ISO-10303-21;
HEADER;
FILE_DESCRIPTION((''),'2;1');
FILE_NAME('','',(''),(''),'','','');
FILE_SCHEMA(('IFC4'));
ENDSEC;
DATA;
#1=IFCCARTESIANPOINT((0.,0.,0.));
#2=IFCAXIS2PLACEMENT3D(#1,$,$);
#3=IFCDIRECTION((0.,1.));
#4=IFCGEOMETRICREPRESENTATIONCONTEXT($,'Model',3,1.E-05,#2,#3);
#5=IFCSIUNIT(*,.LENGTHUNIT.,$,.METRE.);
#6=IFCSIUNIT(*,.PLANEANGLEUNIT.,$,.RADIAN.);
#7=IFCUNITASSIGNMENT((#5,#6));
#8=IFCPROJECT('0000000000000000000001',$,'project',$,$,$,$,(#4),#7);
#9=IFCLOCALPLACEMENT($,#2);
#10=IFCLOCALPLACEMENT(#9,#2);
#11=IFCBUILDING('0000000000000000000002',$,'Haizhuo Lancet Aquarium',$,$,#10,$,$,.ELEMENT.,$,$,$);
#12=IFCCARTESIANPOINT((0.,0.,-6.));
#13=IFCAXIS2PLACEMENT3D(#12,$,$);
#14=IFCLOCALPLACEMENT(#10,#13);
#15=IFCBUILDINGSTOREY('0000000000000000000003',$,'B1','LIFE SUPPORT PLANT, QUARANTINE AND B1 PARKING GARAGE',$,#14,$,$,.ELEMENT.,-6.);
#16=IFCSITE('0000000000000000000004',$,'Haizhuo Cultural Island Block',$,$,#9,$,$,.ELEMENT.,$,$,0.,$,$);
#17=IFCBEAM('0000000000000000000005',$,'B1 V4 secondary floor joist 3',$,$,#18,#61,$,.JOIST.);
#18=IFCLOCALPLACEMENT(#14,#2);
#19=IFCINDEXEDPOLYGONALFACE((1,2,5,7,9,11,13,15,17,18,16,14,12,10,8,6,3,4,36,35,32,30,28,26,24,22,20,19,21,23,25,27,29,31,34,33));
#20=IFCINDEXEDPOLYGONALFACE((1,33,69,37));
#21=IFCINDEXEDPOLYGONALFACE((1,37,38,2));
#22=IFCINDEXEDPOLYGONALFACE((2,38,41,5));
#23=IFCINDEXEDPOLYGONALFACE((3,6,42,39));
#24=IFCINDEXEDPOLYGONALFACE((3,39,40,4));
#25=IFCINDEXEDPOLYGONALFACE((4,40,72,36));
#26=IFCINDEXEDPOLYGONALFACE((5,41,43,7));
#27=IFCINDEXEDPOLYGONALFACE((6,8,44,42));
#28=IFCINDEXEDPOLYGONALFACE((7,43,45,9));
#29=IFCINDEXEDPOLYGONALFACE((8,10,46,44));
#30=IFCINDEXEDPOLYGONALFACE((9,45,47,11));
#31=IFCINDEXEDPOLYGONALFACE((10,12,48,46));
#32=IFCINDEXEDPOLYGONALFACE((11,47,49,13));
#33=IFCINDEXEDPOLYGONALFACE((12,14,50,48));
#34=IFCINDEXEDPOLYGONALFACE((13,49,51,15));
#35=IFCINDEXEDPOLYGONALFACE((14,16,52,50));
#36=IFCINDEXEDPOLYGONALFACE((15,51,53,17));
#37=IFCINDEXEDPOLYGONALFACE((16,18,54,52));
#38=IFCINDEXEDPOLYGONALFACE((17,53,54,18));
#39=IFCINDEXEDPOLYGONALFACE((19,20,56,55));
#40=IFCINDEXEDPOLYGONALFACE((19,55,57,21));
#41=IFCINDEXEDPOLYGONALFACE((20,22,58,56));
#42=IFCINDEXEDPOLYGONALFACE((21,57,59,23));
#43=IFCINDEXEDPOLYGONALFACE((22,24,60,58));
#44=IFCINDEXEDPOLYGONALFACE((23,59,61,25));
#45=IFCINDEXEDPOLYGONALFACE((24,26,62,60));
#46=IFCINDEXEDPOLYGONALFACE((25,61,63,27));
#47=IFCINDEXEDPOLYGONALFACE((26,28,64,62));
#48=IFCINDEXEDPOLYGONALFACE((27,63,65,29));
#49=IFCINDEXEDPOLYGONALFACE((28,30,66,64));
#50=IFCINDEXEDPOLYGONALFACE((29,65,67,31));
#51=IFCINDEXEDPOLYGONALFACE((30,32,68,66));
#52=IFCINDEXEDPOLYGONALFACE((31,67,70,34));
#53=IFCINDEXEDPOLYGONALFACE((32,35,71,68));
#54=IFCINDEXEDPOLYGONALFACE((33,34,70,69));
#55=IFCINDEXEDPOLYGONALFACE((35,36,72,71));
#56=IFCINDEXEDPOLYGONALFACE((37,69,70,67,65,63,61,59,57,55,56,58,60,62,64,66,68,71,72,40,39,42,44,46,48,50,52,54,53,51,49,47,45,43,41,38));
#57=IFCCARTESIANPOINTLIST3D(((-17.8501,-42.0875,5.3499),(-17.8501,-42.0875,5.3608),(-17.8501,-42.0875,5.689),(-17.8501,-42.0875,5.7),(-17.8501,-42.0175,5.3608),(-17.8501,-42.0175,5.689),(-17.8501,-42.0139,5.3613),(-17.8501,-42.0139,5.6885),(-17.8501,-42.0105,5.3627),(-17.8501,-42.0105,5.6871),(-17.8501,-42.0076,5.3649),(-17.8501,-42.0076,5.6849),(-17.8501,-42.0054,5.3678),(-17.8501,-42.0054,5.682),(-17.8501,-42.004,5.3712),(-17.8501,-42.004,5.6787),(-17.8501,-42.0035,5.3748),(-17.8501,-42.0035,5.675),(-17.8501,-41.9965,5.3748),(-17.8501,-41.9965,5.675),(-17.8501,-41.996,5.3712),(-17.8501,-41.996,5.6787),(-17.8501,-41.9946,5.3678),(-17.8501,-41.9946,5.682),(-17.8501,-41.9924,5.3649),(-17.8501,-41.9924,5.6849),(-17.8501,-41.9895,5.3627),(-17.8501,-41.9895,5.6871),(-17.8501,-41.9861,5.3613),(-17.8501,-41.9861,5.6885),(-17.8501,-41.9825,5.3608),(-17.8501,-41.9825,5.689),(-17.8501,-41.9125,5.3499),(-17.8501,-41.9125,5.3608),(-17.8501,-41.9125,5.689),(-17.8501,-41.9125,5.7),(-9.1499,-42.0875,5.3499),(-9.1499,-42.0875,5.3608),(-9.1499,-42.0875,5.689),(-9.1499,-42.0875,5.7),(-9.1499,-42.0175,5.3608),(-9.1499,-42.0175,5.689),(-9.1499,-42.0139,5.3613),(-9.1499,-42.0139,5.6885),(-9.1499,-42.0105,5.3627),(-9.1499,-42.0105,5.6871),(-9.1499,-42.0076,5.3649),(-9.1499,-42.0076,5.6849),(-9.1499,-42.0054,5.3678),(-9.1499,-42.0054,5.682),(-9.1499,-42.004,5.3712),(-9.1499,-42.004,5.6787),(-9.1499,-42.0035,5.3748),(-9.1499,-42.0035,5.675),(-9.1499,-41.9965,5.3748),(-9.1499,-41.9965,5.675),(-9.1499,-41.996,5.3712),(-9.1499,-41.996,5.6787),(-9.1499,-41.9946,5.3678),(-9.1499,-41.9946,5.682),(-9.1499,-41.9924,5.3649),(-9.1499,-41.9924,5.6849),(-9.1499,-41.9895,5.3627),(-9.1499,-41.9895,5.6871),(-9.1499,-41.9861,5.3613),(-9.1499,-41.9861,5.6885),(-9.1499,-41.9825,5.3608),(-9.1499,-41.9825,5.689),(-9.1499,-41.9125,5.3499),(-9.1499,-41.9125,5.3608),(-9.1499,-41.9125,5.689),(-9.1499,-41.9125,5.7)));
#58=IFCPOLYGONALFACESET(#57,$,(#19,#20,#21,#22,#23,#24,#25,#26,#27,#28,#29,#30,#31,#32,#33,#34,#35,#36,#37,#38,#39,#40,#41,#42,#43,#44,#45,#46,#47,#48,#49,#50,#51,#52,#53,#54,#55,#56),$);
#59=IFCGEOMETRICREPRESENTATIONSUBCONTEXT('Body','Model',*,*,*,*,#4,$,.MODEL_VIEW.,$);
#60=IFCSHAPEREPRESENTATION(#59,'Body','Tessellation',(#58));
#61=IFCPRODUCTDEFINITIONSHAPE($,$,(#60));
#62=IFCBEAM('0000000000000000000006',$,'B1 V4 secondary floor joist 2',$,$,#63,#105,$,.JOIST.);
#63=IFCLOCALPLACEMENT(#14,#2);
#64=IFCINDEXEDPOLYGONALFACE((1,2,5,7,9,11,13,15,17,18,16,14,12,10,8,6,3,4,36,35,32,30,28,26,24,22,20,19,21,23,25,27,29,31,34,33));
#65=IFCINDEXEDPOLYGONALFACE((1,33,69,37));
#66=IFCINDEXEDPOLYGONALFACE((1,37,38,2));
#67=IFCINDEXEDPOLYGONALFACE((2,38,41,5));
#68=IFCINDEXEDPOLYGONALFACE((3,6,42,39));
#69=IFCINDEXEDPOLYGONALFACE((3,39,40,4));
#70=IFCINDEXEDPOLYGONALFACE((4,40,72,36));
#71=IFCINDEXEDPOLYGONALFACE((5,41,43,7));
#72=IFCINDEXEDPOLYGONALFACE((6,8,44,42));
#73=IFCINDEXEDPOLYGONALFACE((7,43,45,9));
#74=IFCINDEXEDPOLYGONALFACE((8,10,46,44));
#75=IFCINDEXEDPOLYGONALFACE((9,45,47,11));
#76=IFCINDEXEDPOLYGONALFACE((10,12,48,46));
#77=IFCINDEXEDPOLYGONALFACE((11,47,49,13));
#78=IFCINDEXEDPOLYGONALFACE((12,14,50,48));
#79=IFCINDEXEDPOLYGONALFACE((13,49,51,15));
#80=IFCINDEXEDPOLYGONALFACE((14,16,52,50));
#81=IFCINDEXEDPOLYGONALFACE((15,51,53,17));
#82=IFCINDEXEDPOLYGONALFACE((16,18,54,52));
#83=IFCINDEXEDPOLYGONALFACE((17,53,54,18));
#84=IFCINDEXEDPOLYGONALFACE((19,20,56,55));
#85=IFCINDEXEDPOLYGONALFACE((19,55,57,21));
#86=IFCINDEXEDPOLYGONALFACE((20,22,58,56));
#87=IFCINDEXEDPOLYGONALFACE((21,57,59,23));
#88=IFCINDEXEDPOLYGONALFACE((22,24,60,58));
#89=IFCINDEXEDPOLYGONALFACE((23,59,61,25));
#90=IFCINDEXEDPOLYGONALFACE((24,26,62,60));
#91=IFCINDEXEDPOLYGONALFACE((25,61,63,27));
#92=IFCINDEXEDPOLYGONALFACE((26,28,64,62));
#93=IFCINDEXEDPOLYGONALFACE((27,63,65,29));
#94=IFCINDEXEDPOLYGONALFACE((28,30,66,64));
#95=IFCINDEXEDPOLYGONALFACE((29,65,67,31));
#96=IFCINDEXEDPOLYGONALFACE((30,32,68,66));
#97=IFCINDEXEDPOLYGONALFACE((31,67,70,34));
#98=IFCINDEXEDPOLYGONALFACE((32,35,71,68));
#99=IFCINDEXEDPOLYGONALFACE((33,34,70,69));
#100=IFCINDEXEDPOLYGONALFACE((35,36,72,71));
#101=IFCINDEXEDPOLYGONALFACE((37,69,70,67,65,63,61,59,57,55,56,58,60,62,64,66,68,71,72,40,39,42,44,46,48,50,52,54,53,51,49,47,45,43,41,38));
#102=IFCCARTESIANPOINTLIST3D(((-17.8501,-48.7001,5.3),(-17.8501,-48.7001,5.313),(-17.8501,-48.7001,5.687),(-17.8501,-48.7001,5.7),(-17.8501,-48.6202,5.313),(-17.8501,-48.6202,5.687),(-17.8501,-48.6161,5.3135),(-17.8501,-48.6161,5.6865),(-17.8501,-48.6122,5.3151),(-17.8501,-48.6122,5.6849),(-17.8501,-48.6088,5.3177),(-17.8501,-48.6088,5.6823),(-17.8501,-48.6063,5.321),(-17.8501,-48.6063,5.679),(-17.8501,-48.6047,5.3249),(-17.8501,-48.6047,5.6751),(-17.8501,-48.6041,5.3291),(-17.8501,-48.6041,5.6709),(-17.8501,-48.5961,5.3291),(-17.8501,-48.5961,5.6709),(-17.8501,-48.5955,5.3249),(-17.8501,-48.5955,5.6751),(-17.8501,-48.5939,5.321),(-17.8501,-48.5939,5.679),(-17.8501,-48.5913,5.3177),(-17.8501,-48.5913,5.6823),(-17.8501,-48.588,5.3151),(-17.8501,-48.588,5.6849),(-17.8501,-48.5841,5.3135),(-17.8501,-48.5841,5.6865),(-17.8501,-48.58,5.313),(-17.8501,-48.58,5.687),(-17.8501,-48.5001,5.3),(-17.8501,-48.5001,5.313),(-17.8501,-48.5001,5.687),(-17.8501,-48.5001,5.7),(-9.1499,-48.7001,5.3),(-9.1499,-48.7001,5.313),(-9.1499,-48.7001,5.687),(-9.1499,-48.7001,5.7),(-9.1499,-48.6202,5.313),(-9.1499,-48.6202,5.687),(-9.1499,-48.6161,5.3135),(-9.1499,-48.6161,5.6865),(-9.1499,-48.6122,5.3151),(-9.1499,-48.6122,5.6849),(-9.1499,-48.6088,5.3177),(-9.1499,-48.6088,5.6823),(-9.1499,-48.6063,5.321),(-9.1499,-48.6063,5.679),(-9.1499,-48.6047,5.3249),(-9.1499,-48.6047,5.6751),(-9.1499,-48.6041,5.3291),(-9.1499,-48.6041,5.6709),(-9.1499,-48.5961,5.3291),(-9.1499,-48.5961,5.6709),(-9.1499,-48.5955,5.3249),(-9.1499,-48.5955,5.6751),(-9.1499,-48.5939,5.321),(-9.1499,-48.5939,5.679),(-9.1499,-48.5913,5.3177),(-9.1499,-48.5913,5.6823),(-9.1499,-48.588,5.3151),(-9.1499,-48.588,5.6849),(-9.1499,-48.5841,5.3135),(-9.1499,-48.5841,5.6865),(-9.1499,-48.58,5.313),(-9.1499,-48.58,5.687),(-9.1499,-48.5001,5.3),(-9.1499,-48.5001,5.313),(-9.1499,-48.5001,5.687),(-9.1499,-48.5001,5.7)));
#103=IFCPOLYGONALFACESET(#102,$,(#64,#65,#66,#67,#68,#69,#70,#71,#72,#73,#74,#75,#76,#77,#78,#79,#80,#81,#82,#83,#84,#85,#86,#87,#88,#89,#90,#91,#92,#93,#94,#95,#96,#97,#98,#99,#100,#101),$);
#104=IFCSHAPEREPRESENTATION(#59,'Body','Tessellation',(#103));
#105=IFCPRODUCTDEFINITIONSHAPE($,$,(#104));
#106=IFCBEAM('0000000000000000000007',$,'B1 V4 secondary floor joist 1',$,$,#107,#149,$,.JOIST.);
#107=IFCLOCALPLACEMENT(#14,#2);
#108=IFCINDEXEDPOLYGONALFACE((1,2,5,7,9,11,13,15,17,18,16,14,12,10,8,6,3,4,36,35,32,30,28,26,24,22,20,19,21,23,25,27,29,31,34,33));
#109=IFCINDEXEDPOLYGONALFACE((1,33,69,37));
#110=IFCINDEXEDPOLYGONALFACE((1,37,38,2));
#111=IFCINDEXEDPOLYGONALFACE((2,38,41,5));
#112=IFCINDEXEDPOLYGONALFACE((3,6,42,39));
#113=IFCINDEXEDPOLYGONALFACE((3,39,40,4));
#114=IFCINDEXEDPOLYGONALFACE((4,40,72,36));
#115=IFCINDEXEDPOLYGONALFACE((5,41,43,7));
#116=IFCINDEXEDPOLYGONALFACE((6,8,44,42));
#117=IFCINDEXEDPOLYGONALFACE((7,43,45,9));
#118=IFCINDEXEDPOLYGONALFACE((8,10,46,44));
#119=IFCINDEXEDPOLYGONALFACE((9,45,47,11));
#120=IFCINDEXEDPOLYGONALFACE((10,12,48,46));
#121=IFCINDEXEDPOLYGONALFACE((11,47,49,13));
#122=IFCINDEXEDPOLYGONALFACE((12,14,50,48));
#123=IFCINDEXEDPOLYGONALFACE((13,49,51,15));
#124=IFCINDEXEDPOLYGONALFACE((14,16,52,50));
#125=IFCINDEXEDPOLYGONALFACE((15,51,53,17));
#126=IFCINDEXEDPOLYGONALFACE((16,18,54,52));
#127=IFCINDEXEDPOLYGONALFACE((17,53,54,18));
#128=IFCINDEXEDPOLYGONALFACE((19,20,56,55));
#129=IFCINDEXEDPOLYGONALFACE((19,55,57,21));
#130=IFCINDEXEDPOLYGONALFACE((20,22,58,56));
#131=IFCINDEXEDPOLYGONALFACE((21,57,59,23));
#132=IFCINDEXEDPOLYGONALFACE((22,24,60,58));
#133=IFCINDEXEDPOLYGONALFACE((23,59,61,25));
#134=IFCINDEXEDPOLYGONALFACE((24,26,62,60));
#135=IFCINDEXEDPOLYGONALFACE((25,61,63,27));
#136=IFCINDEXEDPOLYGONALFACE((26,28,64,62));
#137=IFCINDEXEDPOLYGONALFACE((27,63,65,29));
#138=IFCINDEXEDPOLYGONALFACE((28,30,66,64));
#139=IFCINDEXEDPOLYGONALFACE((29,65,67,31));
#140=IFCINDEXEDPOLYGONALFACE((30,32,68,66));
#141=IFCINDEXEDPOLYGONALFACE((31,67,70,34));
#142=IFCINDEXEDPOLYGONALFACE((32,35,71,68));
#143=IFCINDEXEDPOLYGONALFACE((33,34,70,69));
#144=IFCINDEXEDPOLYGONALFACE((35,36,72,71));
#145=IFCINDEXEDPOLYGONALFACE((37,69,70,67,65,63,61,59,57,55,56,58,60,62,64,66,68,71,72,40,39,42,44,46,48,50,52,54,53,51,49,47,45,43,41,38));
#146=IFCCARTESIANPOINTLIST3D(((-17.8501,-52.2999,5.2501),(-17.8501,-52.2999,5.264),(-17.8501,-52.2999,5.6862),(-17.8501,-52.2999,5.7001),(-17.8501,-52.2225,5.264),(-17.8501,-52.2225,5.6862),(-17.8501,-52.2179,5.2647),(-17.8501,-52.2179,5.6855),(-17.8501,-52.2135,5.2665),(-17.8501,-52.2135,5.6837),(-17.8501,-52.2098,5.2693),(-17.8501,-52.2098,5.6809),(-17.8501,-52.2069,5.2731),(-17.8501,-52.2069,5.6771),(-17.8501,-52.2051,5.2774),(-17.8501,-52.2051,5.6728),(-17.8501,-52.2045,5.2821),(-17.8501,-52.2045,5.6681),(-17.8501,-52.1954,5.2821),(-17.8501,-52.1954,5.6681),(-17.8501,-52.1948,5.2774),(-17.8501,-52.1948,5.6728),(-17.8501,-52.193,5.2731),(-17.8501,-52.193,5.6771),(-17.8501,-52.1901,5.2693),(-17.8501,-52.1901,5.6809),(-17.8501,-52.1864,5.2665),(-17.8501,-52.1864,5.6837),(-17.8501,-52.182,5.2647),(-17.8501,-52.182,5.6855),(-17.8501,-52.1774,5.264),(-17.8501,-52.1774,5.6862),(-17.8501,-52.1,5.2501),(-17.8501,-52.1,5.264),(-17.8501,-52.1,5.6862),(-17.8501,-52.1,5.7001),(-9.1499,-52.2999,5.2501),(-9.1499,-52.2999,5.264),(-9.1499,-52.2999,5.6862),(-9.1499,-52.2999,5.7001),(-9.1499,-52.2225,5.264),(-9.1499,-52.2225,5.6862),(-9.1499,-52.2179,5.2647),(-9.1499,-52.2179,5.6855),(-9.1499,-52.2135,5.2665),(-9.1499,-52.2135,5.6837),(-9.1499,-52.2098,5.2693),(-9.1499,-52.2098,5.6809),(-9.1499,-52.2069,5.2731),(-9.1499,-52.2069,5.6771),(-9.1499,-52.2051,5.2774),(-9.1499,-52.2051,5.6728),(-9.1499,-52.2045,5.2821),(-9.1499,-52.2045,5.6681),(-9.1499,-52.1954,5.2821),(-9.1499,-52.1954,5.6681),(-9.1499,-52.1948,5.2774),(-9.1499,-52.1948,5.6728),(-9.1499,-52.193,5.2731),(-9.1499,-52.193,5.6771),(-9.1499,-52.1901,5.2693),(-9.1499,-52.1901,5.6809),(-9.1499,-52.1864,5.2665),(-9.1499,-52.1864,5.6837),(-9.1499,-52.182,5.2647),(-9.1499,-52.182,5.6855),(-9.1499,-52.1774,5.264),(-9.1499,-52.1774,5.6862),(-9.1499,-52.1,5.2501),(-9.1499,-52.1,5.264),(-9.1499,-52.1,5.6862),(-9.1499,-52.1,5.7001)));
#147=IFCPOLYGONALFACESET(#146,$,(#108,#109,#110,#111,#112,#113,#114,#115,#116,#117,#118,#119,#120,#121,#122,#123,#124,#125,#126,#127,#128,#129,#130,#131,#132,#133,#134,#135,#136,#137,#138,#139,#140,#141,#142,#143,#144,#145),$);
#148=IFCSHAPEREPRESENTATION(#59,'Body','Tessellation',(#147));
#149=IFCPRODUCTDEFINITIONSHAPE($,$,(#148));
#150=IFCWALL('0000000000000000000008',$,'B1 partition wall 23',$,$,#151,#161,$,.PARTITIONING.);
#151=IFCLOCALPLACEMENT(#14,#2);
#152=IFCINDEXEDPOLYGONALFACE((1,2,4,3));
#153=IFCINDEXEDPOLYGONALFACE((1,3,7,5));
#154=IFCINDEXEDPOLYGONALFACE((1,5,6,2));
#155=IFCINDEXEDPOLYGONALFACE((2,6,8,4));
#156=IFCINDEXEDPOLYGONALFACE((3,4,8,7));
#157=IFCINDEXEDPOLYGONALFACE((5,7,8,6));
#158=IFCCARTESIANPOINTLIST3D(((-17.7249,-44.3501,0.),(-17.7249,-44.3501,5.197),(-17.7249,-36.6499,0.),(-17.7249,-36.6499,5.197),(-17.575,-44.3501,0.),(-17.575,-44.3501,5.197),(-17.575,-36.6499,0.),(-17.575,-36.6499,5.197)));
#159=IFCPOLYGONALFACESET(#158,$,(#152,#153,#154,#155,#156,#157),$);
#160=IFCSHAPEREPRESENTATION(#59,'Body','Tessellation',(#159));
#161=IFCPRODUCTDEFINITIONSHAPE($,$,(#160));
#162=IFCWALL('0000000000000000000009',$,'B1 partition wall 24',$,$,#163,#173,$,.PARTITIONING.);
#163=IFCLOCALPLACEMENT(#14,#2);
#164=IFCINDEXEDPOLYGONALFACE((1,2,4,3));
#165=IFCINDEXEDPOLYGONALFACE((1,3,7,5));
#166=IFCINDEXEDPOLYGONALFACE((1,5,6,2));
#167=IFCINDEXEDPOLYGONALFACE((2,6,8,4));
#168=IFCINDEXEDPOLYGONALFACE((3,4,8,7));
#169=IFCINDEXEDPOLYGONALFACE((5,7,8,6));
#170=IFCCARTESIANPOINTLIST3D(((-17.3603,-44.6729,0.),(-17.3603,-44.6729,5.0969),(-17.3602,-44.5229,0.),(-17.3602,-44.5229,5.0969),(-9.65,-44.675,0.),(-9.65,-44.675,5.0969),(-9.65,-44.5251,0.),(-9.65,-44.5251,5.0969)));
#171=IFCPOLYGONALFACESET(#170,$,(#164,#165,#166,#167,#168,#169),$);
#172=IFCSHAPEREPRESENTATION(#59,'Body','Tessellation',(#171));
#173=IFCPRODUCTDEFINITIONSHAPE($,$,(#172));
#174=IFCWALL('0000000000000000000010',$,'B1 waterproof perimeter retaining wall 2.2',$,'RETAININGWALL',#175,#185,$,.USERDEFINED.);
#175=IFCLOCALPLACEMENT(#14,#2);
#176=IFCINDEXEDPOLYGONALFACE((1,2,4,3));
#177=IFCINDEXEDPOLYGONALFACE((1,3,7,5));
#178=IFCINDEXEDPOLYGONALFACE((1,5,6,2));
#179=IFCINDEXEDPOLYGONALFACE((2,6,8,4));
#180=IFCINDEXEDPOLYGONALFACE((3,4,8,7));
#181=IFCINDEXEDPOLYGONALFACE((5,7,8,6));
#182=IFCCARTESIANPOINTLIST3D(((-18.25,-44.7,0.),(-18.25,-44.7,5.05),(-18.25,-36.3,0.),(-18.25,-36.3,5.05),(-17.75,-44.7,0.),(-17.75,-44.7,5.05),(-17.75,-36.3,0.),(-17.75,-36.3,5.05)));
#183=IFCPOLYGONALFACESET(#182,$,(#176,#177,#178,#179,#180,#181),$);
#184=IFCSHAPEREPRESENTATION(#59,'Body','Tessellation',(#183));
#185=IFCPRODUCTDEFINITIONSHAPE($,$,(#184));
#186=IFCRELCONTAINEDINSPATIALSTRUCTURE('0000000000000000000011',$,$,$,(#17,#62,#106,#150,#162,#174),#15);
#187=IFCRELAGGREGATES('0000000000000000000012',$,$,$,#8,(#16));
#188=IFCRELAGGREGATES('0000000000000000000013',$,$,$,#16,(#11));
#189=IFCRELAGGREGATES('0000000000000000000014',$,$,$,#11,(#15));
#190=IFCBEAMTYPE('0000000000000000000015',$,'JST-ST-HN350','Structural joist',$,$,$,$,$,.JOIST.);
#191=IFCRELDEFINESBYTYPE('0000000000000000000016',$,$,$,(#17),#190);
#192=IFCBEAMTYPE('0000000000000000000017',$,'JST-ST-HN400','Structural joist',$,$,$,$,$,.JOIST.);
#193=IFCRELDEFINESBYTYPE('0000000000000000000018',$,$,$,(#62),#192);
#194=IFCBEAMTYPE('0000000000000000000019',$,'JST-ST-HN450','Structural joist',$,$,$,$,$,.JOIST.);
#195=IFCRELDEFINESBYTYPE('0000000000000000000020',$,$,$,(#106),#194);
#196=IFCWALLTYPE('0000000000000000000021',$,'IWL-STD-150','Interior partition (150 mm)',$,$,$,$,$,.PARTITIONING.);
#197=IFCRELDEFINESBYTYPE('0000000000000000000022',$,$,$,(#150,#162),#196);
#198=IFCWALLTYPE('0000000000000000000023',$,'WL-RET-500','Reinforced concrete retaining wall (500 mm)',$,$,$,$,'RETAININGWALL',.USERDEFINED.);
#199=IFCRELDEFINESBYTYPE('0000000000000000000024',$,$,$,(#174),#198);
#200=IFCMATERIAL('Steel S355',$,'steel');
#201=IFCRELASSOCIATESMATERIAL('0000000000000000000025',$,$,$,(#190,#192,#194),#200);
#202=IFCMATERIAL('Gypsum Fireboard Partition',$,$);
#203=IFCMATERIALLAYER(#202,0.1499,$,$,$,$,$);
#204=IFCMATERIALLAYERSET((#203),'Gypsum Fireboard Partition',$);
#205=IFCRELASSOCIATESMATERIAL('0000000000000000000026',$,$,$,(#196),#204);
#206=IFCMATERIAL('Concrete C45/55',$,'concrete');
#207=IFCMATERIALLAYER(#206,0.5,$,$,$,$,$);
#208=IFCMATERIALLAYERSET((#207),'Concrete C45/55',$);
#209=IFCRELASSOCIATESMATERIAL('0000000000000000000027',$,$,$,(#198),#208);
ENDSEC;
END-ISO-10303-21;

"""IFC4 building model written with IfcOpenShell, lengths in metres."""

from ifc_helpers import new_model, si_unit, direction, frame, frame_2d, origin, origin_2d, place, context, subcontext, project, spatial, rectangle, i_section, extrude, material, layer, layer_set, material_profile, profile_set, type_object, element, save


model = new_model("IFC4")

# Units and contexts
model_context = context("Model", 3, precision=1e-05, world=origin(), true_north=direction((0.0, 1.0)))
body_context = subcontext(model_context, "Body", "Model", "MODEL_VIEW")
ifc_project = project(units=[si_unit("LENGTHUNIT", "METRE"), si_unit("PLANEANGLEUNIT", "RADIAN")], contexts=[model_context])

# Site, building, storey
site_placement = place(None, origin())
site = spatial("IfcSite", under=ifc_project, at=site_placement, Name="Haizhuo Cultural Island Block", CompositionType="ELEMENT", RefElevation=0.0)
building_placement = place(site_placement, origin())
building = spatial("IfcBuilding", under=site, at=building_placement, Name="Haizhuo Lancet Aquarium", CompositionType="ELEMENT")
storey_placement = place(building_placement, frame((0.0, 0.0, -6.0)))
storey = spatial("IfcBuildingStorey", under=building, at=storey_placement, Name="B1", Description="LIFE SUPPORT PLANT, QUARANTINE AND B1 PARKING GARAGE", CompositionType="ELEMENT", Elevation=-6.0)

# Beams
ifc_material_1 = material(Name="Steel S355", Category="steel")
ifc_material_profile_1 = material_profile(ifc_material_1, i_section(OverallWidth=0.175, OverallDepth=0.3501, WebThickness=0.0071, FlangeThickness=0.011, FilletRadius=0.0139, at=origin_2d()), Name="HN 350x175x7x11")
ifc_profile_set_1 = profile_set([ifc_material_profile_1], Name="Steel S355")
beam_type_1 = type_object("IfcBeamType", Name="JST-ST-HN350", Description="Structural joist", PredefinedType="JOIST", material=ifc_profile_set_1)
beam_1_placement = place(storey_placement, frame((-17.8501, -42.0, 5.5249), z_axis=(1.0, 0.0, 0.0), x_axis=(0.0, 1.0, 0.0)))
element("IfcBeam", 1, at=beam_1_placement, inside=storey, type_object=beam_type_1, Name="B1 V4 secondary floor joist 3", PredefinedType="JOIST", context=body_context, shape_type="SweptSolid", body=[
    extrude(i_section(OverallWidth=0.175, OverallDepth=0.3501, WebThickness=0.0071, FlangeThickness=0.011, FilletRadius=0.0139, at=origin_2d()), origin(), (0.0, 0.0, 1.0), 8.7002),
])
ifc_material_profile_2 = material_profile(ifc_material_1, i_section(OverallWidth=0.2, OverallDepth=0.3999, WebThickness=0.0081, FlangeThickness=0.0129, FilletRadius=0.0161, at=origin_2d()), Name="HN 400x200x8x13")
ifc_profile_set_2 = profile_set([ifc_material_profile_2], Name="Steel S355")
beam_type_2 = type_object("IfcBeamType", Name="JST-ST-HN400", Description="Structural joist", PredefinedType="JOIST", material=ifc_profile_set_2)
beam_2_placement = place(storey_placement, frame((-17.8501, -48.6001, 5.5), z_axis=(1.0, 0.0, 0.0), x_axis=(0.0, 1.0, 0.0)))
element("IfcBeam", 2, at=beam_2_placement, inside=storey, type_object=beam_type_2, Name="B1 V4 secondary floor joist 2", PredefinedType="JOIST", context=body_context, shape_type="SweptSolid", body=[
    extrude(i_section(OverallWidth=0.2, OverallDepth=0.3999, WebThickness=0.0081, FlangeThickness=0.0129, FilletRadius=0.0161, at=origin_2d()), origin(), (0.0, 0.0, 1.0), 8.7002),
])
ifc_material_profile_3 = material_profile(ifc_material_1, i_section(OverallWidth=0.2, OverallDepth=0.45, WebThickness=0.009, FlangeThickness=0.0139, FilletRadius=0.0181, at=origin_2d()), Name="HN 450x200x9x14")
ifc_profile_set_3 = profile_set([ifc_material_profile_3], Name="Steel S355")
beam_type_3 = type_object("IfcBeamType", Name="JST-ST-HN450", Description="Structural joist", PredefinedType="JOIST", material=ifc_profile_set_3)
beam_3_placement = place(storey_placement, frame((-17.8501, -52.2, 5.4751), z_axis=(1.0, 0.0, 0.0), x_axis=(0.0, 1.0, 0.0)))
element("IfcBeam", 3, at=beam_3_placement, inside=storey, type_object=beam_type_3, Name="B1 V4 secondary floor joist 1", PredefinedType="JOIST", context=body_context, shape_type="SweptSolid", body=[
    extrude(i_section(OverallWidth=0.2, OverallDepth=0.45, WebThickness=0.009, FlangeThickness=0.0139, FilletRadius=0.0181, at=origin_2d()), origin(), (0.0, 0.0, 1.0), 8.7002),
])

# Walls
ifc_material_2 = material(Name="Gypsum Fireboard Partition")
ifc_layer_1 = layer(ifc_material_2, 0.1499)
ifc_layer_set_1 = layer_set([ifc_layer_1], Name="Gypsum Fireboard Partition")
wall_type_1 = type_object("IfcWallType", Name="IWL-STD-150", Description="Interior partition (150 mm)", PredefinedType="PARTITIONING", material=ifc_layer_set_1)
wall_1_placement = place(storey_placement, frame((-17.6499, -36.6499, 0.0), z_axis=(0.0, 0.0, 1.0), x_axis=(0.0, -1.0, 0.0)))
element("IfcWall", 4, at=wall_1_placement, inside=storey, type_object=wall_type_1, Name="B1 partition wall 23", PredefinedType="PARTITIONING", context=body_context, shape_type="SweptSolid", body=[
    extrude(rectangle(XDim=7.7002, YDim=0.1499, at=frame_2d((3.8501, 0.0))), origin(), (0.0, 0.0, 1.0), 5.197),
])
wall_2_placement = place(storey_placement, frame((-17.3601, -44.5979, 0.0), z_axis=(0.0, 0.0, 1.0), x_axis=(1.0, -0.000285, 0.0)))
element("IfcWall", 5, at=wall_2_placement, inside=storey, type_object=wall_type_1, Name="B1 partition wall 24", PredefinedType="PARTITIONING", context=body_context, shape_type="SweptSolid", body=[
    extrude(rectangle(XDim=7.7102, YDim=0.1499, at=frame_2d((3.855, 0.0))), origin(), (0.0, 0.0, 1.0), 5.0969),
])
ifc_material_3 = material(Name="Concrete C45/55", Category="concrete")
ifc_layer_2 = layer(ifc_material_3, 0.5)
ifc_layer_set_2 = layer_set([ifc_layer_2], Name="Concrete C45/55")
wall_type_2 = type_object("IfcWallType", Name="WL-RET-500", Description="Reinforced concrete retaining wall (500 mm)", ElementType="RETAININGWALL", PredefinedType="USERDEFINED", material=ifc_layer_set_2)
wall_3_placement = place(storey_placement, frame((-18.0, -36.3, 0.0), z_axis=(0.0, 0.0, 1.0), x_axis=(0.0, -1.0, 0.0)))
element("IfcWall", 6, at=wall_3_placement, inside=storey, type_object=wall_type_2, Name="B1 waterproof perimeter retaining wall 2.2", ObjectType="RETAININGWALL", PredefinedType="USERDEFINED", context=body_context, shape_type="SweptSolid", body=[
    extrude(rectangle(XDim=8.3999, YDim=0.5, at=frame_2d((4.2, 0.0))), origin(), (0.0, 0.0, 1.0), 5.05),
])

save(model, "model.ifc")
